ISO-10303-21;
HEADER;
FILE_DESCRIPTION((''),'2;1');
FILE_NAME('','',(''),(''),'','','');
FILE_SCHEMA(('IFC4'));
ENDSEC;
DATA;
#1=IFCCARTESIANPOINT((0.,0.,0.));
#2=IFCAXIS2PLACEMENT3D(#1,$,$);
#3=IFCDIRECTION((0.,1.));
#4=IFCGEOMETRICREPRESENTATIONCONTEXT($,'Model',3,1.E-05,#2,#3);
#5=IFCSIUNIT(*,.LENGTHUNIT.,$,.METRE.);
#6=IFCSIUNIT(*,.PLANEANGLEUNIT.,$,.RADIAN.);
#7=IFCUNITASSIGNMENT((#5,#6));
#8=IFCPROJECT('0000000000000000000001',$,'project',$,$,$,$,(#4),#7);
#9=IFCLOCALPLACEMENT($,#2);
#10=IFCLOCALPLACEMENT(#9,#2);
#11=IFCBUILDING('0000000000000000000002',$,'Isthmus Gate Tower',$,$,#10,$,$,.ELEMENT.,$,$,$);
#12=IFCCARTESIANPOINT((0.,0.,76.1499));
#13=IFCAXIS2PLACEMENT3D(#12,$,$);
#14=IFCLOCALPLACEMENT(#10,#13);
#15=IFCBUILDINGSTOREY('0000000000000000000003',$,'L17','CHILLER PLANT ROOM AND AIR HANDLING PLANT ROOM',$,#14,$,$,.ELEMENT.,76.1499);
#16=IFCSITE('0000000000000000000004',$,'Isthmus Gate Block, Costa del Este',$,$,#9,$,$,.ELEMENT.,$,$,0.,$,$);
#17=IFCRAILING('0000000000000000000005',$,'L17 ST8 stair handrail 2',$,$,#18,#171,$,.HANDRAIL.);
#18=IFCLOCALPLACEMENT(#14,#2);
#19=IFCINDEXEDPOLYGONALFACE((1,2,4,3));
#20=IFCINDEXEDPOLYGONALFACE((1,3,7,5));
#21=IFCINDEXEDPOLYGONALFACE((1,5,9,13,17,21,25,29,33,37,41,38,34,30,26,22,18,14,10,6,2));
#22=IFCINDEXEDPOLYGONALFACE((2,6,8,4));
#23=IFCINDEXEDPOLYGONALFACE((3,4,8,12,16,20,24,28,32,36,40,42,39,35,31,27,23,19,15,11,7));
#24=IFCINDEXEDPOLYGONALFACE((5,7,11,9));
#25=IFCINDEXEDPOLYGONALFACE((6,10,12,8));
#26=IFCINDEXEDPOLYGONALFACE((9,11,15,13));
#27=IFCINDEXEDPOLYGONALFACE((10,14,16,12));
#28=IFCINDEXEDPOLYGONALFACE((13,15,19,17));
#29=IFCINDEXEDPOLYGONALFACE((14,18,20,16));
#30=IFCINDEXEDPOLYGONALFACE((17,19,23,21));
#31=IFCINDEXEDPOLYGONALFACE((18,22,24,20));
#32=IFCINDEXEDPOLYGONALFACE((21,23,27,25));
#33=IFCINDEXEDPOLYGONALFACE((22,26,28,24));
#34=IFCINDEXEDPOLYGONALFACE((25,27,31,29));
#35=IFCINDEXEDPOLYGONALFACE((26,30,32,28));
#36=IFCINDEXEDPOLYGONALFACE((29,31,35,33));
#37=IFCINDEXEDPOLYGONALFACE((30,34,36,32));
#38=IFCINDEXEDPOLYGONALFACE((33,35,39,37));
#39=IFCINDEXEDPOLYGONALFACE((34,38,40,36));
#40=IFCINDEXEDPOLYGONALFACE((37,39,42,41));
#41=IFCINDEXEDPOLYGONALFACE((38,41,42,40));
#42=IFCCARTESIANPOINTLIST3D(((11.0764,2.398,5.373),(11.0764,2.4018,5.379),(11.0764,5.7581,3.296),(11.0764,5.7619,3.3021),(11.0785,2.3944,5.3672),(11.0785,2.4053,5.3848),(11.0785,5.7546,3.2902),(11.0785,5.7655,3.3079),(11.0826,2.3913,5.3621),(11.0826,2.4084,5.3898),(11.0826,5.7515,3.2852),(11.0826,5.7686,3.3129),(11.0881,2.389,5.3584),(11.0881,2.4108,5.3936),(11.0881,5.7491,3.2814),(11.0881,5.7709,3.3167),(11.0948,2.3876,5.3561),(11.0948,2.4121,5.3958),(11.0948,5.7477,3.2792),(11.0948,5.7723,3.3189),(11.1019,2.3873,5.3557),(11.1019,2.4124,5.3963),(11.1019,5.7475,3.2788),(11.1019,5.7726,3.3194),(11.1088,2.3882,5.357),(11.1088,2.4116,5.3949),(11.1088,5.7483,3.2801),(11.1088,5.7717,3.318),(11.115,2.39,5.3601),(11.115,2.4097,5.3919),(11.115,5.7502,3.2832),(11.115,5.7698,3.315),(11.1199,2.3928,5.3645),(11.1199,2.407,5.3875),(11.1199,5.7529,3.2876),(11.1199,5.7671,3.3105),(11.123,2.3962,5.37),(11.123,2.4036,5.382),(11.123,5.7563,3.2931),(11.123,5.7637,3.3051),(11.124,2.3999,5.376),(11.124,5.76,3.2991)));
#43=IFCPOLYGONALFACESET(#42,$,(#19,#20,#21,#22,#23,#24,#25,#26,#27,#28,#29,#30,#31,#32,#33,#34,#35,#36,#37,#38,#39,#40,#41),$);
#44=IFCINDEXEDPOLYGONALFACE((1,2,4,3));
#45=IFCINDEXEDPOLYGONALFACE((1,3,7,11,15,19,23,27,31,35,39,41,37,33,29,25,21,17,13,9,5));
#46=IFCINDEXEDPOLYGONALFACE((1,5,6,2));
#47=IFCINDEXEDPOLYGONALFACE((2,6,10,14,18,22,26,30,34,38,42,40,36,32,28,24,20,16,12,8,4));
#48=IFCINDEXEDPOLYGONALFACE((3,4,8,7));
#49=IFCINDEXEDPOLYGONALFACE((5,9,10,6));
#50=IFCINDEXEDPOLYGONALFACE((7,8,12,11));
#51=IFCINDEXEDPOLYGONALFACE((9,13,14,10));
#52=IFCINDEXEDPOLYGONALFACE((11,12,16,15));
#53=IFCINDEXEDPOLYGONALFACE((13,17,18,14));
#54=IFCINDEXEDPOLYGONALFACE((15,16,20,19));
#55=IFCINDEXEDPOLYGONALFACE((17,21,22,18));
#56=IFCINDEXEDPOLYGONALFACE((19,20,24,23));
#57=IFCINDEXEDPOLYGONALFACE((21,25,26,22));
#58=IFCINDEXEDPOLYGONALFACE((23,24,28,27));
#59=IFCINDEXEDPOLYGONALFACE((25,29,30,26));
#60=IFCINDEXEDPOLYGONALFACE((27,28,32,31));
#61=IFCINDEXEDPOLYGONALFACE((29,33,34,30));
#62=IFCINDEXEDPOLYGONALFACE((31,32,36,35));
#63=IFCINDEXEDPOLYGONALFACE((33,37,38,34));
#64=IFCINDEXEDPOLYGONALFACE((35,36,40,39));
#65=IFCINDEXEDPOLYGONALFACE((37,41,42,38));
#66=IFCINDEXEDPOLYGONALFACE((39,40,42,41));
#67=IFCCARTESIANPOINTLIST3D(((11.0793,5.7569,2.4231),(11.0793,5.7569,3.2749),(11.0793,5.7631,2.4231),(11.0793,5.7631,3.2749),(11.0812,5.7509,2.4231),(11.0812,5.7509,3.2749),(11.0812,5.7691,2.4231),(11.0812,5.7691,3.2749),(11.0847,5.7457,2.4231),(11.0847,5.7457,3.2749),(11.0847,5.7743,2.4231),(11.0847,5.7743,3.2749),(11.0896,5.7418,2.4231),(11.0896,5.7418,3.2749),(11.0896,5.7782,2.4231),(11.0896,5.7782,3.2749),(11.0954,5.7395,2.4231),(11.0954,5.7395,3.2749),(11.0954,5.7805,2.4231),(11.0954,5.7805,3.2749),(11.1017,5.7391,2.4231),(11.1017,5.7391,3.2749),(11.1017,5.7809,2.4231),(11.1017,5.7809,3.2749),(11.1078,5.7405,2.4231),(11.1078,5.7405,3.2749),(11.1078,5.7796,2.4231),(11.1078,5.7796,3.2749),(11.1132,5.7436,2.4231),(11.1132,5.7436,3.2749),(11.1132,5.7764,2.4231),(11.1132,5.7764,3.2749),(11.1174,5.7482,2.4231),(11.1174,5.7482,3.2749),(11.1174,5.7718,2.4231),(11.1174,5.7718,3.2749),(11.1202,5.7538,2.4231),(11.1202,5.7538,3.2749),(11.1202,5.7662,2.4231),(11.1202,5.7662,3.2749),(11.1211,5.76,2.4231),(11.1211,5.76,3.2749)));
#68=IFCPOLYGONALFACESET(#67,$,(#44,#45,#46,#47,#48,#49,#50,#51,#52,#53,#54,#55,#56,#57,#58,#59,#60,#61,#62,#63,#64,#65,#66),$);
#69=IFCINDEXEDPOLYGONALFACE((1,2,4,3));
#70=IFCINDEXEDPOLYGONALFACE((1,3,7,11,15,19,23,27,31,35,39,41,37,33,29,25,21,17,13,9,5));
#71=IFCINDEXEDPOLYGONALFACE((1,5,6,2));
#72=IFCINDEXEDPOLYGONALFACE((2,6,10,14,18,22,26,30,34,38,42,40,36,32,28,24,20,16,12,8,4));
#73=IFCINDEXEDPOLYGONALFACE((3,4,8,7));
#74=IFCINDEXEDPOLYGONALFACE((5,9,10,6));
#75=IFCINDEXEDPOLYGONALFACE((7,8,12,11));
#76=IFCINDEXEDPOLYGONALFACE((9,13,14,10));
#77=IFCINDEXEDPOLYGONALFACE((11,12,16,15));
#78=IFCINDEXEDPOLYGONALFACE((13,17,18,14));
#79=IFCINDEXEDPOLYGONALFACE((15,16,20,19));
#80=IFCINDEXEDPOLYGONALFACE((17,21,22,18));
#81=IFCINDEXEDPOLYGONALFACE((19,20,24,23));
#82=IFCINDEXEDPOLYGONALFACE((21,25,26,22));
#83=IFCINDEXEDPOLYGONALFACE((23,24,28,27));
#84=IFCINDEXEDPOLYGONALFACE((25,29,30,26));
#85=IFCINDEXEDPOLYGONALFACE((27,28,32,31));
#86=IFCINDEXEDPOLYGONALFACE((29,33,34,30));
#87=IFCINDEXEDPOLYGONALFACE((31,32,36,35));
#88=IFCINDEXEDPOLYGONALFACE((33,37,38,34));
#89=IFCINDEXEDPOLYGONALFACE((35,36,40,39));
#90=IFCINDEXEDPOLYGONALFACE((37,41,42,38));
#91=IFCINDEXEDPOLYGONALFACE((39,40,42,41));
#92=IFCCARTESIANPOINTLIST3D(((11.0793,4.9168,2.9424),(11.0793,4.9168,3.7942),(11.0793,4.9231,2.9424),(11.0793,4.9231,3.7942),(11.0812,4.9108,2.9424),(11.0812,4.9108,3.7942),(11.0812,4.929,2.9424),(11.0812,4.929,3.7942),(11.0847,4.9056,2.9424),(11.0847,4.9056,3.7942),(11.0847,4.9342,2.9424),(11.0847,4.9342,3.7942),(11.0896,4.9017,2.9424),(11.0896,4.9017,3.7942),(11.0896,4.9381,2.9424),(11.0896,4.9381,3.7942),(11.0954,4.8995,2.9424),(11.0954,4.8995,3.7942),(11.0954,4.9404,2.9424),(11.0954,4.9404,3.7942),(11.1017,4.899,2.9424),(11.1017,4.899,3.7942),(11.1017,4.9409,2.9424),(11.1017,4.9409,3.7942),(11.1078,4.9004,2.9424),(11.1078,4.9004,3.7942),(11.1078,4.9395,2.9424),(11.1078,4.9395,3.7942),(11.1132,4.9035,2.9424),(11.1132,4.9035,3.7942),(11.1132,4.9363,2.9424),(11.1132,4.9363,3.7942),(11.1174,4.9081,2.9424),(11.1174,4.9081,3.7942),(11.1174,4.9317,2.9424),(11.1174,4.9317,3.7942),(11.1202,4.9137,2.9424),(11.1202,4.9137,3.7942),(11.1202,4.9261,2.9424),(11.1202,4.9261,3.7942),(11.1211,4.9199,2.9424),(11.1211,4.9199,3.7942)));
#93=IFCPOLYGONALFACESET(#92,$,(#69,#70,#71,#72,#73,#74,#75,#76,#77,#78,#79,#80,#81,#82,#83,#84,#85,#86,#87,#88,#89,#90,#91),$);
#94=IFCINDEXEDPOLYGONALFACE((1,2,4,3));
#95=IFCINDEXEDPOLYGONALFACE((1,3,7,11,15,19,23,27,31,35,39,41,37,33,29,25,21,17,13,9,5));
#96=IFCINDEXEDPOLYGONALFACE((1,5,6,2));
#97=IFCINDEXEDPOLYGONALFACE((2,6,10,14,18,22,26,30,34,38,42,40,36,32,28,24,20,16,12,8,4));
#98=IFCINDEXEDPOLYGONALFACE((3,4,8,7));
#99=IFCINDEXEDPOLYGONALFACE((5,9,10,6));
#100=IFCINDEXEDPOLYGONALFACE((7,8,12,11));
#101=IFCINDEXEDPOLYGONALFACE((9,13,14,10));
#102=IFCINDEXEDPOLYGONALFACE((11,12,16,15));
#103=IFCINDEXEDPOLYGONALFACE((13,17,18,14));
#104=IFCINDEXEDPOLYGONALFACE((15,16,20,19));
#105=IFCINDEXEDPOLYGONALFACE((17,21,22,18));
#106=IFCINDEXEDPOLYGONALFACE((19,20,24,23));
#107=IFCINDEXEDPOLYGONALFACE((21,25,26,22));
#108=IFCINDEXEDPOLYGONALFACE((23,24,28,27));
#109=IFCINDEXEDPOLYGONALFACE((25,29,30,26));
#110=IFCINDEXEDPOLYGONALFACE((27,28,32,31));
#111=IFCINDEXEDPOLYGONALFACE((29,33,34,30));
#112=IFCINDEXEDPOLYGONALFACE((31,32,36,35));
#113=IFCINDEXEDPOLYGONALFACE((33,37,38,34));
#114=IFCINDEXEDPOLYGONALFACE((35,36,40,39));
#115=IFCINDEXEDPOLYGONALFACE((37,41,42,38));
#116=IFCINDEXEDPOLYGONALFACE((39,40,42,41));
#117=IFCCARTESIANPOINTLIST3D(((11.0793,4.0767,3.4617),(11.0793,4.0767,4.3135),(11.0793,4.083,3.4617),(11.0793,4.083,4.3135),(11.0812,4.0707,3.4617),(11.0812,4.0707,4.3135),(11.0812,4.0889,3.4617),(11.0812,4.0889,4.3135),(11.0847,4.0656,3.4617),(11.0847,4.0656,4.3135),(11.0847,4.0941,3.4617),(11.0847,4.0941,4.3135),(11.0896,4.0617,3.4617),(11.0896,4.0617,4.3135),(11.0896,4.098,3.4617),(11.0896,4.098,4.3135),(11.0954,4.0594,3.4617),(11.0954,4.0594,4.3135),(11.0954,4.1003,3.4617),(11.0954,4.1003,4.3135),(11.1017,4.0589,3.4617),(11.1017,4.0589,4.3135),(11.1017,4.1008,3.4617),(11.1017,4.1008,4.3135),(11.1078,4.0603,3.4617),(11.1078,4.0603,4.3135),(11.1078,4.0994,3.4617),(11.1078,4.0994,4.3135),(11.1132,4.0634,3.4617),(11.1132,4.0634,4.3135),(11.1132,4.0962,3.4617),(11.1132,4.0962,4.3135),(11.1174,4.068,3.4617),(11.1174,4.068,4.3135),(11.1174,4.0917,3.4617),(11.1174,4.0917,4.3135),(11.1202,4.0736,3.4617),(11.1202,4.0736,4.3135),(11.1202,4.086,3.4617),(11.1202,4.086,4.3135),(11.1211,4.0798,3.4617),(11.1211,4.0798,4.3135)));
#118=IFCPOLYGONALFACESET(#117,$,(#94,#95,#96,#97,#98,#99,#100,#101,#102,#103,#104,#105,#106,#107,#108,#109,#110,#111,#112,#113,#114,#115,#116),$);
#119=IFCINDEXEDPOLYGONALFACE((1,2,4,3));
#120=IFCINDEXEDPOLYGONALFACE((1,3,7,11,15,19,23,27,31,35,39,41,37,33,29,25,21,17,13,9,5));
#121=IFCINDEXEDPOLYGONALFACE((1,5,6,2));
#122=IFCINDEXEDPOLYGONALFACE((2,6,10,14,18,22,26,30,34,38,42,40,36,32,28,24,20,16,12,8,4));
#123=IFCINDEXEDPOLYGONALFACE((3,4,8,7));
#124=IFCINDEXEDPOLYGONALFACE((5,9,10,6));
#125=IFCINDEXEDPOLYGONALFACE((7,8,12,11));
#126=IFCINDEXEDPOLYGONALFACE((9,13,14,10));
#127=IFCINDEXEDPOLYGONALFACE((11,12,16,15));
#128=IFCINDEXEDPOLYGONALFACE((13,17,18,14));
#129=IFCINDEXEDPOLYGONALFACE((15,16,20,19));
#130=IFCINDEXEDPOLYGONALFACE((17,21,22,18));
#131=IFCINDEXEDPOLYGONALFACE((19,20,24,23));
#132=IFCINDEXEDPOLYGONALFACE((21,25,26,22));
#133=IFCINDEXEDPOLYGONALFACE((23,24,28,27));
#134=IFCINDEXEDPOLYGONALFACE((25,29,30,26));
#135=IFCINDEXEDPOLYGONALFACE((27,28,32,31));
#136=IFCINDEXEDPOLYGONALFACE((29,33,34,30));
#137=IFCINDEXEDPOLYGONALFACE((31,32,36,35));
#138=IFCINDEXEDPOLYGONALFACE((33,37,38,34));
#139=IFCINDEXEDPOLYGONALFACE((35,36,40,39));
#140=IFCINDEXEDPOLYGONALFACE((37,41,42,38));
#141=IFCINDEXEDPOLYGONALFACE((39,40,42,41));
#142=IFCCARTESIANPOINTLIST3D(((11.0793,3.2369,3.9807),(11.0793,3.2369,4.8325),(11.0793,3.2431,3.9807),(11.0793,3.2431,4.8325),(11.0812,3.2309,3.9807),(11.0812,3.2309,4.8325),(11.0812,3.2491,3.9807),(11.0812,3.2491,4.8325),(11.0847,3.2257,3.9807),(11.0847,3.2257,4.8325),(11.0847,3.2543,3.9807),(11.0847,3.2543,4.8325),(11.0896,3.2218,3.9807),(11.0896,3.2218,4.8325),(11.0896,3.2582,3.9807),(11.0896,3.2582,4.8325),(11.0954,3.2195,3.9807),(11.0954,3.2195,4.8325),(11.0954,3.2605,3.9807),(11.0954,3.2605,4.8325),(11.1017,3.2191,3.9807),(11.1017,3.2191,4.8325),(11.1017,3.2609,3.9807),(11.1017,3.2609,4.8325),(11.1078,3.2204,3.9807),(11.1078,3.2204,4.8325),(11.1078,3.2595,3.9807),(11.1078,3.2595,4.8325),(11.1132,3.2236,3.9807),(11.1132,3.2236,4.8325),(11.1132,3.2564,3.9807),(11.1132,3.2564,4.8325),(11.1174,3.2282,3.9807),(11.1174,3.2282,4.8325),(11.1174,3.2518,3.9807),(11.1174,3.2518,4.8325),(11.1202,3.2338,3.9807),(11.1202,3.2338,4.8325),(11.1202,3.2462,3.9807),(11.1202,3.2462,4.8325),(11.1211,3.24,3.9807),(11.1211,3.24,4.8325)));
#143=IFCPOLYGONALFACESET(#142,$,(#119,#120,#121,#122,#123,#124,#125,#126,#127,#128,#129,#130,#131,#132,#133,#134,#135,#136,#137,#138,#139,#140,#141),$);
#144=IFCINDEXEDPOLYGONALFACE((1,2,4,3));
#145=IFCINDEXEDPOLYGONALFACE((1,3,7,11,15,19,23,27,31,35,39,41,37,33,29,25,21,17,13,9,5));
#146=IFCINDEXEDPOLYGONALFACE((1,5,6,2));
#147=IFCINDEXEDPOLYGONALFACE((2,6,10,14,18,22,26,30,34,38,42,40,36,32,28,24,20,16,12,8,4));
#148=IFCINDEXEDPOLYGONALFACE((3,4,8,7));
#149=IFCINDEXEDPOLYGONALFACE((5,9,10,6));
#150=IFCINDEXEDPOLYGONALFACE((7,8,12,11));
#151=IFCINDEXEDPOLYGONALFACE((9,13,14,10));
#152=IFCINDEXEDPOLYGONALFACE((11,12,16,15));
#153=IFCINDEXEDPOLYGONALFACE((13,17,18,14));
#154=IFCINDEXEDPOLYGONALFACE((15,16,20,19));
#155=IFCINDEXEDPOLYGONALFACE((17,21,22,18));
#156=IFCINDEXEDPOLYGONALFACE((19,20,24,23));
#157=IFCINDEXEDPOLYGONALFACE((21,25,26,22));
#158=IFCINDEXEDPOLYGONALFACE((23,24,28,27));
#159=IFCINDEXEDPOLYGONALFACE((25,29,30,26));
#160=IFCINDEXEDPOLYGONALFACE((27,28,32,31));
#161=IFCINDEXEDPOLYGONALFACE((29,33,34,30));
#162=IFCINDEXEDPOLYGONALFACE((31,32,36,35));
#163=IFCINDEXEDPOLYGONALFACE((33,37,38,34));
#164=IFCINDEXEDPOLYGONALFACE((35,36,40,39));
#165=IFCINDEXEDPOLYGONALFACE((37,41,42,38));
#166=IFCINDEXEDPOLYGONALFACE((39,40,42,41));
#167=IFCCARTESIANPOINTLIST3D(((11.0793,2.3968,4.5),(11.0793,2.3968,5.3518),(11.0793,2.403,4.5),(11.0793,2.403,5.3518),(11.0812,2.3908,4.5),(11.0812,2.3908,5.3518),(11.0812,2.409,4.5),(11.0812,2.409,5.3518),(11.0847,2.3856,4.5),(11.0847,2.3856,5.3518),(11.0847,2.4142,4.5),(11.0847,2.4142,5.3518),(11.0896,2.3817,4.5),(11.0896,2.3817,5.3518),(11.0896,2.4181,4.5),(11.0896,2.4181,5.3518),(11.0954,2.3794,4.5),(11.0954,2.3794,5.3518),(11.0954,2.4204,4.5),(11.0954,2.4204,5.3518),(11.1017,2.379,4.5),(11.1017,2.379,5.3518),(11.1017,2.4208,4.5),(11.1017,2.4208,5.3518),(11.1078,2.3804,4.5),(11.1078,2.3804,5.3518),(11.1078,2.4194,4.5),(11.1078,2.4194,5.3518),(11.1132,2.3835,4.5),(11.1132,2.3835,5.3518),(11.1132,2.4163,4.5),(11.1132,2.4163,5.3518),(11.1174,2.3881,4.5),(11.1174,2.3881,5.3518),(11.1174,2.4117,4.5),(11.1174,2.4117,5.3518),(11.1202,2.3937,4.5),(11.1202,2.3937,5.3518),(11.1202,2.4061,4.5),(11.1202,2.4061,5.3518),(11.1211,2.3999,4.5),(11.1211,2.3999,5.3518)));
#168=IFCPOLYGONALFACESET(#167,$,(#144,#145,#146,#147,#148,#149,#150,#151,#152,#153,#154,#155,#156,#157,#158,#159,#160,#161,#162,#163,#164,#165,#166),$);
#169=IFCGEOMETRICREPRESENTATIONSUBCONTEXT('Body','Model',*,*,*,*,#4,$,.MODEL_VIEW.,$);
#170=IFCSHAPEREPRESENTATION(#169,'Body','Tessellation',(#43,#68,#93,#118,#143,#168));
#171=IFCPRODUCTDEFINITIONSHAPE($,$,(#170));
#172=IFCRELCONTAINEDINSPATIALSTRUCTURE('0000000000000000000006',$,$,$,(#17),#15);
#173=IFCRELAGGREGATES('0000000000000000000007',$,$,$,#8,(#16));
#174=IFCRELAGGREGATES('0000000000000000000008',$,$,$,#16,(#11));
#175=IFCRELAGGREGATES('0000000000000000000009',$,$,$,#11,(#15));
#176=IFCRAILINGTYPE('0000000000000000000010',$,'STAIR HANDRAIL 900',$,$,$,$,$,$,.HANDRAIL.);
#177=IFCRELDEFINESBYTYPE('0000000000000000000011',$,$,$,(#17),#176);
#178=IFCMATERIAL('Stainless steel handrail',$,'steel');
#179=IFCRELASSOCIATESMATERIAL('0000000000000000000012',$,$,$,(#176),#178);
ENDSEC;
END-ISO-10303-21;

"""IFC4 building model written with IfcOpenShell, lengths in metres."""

from ifc_helpers import new_model, si_unit, direction, frame, origin, origin_2d, place, context, subcontext, project, spatial, circle, extrude, material, type_object, element, save


model = new_model("IFC4")

# Units and contexts
model_context = context("Model", 3, precision=1e-05, world=origin(), true_north=direction((0.0, 1.0)))
body_context = subcontext(model_context, "Body", "Model", "MODEL_VIEW")
ifc_project = project(units=[si_unit("LENGTHUNIT", "METRE"), si_unit("PLANEANGLEUNIT", "RADIAN")], contexts=[model_context])

# Site, building, storey
site_placement = place(None, origin())
site = spatial("IfcSite", under=ifc_project, at=site_placement, Name="Isthmus Gate Block, Costa del Este", CompositionType="ELEMENT", RefElevation=0.0)
building_placement = place(site_placement, origin())
building = spatial("IfcBuilding", under=site, at=building_placement, Name="Isthmus Gate Tower", CompositionType="ELEMENT")
storey_placement = place(building_placement, frame((0.0, 0.0, 76.1499)))
storey = spatial("IfcBuildingStorey", under=building, at=storey_placement, Name="L17", Description="CHILLER PLANT ROOM AND AIR HANDLING PLANT ROOM", CompositionType="ELEMENT", Elevation=76.1499)

# Railing
ifc_material_1 = material(Name="Stainless steel handrail", Category="steel")
railing_type_1 = type_object("IfcRailingType", Name="STAIR HANDRAIL 900", PredefinedType="HANDRAIL", material=ifc_material_1)
railing_1_placement = place(storey_placement, frame((11.1001, 5.76, 2.4231)))
element("IfcRailing", 1, at=railing_1_placement, inside=storey, type_object=railing_type_1, Name="L17 ST8 stair handrail 2", PredefinedType="HANDRAIL", context=body_context, shape_type="SweptSolid", body=[
    extrude(circle(Radius=0.0239, at=origin_2d()), frame((0.0, 0.0, 0.876), z_axis=(0.0, -0.850623, 0.525776), x_axis=(1.0, 0.0, 0.0)), (0.0, 0.0, 1.0), 3.9502),
    extrude(circle(Radius=0.021, at=origin_2d()), origin(), (0.0, 0.0, 1.0), 0.8518),
    extrude(circle(Radius=0.021, at=origin_2d()), frame((0.0, -0.8401, 0.5193)), (0.0, 0.0, 1.0), 0.8518),
    extrude(circle(Radius=0.021, at=origin_2d()), frame((0.0, -1.6802, 1.0386)), (0.0, 0.0, 1.0), 0.8518),
    extrude(circle(Radius=0.021, at=origin_2d()), frame((0.0, -2.52, 1.5576)), (0.0, 0.0, 1.0), 0.8518),
    extrude(circle(Radius=0.021, at=origin_2d()), frame((0.0, -3.3601, 2.0769)), (0.0, 0.0, 1.0), 0.8518),
])

save(model, "model.ifc")
